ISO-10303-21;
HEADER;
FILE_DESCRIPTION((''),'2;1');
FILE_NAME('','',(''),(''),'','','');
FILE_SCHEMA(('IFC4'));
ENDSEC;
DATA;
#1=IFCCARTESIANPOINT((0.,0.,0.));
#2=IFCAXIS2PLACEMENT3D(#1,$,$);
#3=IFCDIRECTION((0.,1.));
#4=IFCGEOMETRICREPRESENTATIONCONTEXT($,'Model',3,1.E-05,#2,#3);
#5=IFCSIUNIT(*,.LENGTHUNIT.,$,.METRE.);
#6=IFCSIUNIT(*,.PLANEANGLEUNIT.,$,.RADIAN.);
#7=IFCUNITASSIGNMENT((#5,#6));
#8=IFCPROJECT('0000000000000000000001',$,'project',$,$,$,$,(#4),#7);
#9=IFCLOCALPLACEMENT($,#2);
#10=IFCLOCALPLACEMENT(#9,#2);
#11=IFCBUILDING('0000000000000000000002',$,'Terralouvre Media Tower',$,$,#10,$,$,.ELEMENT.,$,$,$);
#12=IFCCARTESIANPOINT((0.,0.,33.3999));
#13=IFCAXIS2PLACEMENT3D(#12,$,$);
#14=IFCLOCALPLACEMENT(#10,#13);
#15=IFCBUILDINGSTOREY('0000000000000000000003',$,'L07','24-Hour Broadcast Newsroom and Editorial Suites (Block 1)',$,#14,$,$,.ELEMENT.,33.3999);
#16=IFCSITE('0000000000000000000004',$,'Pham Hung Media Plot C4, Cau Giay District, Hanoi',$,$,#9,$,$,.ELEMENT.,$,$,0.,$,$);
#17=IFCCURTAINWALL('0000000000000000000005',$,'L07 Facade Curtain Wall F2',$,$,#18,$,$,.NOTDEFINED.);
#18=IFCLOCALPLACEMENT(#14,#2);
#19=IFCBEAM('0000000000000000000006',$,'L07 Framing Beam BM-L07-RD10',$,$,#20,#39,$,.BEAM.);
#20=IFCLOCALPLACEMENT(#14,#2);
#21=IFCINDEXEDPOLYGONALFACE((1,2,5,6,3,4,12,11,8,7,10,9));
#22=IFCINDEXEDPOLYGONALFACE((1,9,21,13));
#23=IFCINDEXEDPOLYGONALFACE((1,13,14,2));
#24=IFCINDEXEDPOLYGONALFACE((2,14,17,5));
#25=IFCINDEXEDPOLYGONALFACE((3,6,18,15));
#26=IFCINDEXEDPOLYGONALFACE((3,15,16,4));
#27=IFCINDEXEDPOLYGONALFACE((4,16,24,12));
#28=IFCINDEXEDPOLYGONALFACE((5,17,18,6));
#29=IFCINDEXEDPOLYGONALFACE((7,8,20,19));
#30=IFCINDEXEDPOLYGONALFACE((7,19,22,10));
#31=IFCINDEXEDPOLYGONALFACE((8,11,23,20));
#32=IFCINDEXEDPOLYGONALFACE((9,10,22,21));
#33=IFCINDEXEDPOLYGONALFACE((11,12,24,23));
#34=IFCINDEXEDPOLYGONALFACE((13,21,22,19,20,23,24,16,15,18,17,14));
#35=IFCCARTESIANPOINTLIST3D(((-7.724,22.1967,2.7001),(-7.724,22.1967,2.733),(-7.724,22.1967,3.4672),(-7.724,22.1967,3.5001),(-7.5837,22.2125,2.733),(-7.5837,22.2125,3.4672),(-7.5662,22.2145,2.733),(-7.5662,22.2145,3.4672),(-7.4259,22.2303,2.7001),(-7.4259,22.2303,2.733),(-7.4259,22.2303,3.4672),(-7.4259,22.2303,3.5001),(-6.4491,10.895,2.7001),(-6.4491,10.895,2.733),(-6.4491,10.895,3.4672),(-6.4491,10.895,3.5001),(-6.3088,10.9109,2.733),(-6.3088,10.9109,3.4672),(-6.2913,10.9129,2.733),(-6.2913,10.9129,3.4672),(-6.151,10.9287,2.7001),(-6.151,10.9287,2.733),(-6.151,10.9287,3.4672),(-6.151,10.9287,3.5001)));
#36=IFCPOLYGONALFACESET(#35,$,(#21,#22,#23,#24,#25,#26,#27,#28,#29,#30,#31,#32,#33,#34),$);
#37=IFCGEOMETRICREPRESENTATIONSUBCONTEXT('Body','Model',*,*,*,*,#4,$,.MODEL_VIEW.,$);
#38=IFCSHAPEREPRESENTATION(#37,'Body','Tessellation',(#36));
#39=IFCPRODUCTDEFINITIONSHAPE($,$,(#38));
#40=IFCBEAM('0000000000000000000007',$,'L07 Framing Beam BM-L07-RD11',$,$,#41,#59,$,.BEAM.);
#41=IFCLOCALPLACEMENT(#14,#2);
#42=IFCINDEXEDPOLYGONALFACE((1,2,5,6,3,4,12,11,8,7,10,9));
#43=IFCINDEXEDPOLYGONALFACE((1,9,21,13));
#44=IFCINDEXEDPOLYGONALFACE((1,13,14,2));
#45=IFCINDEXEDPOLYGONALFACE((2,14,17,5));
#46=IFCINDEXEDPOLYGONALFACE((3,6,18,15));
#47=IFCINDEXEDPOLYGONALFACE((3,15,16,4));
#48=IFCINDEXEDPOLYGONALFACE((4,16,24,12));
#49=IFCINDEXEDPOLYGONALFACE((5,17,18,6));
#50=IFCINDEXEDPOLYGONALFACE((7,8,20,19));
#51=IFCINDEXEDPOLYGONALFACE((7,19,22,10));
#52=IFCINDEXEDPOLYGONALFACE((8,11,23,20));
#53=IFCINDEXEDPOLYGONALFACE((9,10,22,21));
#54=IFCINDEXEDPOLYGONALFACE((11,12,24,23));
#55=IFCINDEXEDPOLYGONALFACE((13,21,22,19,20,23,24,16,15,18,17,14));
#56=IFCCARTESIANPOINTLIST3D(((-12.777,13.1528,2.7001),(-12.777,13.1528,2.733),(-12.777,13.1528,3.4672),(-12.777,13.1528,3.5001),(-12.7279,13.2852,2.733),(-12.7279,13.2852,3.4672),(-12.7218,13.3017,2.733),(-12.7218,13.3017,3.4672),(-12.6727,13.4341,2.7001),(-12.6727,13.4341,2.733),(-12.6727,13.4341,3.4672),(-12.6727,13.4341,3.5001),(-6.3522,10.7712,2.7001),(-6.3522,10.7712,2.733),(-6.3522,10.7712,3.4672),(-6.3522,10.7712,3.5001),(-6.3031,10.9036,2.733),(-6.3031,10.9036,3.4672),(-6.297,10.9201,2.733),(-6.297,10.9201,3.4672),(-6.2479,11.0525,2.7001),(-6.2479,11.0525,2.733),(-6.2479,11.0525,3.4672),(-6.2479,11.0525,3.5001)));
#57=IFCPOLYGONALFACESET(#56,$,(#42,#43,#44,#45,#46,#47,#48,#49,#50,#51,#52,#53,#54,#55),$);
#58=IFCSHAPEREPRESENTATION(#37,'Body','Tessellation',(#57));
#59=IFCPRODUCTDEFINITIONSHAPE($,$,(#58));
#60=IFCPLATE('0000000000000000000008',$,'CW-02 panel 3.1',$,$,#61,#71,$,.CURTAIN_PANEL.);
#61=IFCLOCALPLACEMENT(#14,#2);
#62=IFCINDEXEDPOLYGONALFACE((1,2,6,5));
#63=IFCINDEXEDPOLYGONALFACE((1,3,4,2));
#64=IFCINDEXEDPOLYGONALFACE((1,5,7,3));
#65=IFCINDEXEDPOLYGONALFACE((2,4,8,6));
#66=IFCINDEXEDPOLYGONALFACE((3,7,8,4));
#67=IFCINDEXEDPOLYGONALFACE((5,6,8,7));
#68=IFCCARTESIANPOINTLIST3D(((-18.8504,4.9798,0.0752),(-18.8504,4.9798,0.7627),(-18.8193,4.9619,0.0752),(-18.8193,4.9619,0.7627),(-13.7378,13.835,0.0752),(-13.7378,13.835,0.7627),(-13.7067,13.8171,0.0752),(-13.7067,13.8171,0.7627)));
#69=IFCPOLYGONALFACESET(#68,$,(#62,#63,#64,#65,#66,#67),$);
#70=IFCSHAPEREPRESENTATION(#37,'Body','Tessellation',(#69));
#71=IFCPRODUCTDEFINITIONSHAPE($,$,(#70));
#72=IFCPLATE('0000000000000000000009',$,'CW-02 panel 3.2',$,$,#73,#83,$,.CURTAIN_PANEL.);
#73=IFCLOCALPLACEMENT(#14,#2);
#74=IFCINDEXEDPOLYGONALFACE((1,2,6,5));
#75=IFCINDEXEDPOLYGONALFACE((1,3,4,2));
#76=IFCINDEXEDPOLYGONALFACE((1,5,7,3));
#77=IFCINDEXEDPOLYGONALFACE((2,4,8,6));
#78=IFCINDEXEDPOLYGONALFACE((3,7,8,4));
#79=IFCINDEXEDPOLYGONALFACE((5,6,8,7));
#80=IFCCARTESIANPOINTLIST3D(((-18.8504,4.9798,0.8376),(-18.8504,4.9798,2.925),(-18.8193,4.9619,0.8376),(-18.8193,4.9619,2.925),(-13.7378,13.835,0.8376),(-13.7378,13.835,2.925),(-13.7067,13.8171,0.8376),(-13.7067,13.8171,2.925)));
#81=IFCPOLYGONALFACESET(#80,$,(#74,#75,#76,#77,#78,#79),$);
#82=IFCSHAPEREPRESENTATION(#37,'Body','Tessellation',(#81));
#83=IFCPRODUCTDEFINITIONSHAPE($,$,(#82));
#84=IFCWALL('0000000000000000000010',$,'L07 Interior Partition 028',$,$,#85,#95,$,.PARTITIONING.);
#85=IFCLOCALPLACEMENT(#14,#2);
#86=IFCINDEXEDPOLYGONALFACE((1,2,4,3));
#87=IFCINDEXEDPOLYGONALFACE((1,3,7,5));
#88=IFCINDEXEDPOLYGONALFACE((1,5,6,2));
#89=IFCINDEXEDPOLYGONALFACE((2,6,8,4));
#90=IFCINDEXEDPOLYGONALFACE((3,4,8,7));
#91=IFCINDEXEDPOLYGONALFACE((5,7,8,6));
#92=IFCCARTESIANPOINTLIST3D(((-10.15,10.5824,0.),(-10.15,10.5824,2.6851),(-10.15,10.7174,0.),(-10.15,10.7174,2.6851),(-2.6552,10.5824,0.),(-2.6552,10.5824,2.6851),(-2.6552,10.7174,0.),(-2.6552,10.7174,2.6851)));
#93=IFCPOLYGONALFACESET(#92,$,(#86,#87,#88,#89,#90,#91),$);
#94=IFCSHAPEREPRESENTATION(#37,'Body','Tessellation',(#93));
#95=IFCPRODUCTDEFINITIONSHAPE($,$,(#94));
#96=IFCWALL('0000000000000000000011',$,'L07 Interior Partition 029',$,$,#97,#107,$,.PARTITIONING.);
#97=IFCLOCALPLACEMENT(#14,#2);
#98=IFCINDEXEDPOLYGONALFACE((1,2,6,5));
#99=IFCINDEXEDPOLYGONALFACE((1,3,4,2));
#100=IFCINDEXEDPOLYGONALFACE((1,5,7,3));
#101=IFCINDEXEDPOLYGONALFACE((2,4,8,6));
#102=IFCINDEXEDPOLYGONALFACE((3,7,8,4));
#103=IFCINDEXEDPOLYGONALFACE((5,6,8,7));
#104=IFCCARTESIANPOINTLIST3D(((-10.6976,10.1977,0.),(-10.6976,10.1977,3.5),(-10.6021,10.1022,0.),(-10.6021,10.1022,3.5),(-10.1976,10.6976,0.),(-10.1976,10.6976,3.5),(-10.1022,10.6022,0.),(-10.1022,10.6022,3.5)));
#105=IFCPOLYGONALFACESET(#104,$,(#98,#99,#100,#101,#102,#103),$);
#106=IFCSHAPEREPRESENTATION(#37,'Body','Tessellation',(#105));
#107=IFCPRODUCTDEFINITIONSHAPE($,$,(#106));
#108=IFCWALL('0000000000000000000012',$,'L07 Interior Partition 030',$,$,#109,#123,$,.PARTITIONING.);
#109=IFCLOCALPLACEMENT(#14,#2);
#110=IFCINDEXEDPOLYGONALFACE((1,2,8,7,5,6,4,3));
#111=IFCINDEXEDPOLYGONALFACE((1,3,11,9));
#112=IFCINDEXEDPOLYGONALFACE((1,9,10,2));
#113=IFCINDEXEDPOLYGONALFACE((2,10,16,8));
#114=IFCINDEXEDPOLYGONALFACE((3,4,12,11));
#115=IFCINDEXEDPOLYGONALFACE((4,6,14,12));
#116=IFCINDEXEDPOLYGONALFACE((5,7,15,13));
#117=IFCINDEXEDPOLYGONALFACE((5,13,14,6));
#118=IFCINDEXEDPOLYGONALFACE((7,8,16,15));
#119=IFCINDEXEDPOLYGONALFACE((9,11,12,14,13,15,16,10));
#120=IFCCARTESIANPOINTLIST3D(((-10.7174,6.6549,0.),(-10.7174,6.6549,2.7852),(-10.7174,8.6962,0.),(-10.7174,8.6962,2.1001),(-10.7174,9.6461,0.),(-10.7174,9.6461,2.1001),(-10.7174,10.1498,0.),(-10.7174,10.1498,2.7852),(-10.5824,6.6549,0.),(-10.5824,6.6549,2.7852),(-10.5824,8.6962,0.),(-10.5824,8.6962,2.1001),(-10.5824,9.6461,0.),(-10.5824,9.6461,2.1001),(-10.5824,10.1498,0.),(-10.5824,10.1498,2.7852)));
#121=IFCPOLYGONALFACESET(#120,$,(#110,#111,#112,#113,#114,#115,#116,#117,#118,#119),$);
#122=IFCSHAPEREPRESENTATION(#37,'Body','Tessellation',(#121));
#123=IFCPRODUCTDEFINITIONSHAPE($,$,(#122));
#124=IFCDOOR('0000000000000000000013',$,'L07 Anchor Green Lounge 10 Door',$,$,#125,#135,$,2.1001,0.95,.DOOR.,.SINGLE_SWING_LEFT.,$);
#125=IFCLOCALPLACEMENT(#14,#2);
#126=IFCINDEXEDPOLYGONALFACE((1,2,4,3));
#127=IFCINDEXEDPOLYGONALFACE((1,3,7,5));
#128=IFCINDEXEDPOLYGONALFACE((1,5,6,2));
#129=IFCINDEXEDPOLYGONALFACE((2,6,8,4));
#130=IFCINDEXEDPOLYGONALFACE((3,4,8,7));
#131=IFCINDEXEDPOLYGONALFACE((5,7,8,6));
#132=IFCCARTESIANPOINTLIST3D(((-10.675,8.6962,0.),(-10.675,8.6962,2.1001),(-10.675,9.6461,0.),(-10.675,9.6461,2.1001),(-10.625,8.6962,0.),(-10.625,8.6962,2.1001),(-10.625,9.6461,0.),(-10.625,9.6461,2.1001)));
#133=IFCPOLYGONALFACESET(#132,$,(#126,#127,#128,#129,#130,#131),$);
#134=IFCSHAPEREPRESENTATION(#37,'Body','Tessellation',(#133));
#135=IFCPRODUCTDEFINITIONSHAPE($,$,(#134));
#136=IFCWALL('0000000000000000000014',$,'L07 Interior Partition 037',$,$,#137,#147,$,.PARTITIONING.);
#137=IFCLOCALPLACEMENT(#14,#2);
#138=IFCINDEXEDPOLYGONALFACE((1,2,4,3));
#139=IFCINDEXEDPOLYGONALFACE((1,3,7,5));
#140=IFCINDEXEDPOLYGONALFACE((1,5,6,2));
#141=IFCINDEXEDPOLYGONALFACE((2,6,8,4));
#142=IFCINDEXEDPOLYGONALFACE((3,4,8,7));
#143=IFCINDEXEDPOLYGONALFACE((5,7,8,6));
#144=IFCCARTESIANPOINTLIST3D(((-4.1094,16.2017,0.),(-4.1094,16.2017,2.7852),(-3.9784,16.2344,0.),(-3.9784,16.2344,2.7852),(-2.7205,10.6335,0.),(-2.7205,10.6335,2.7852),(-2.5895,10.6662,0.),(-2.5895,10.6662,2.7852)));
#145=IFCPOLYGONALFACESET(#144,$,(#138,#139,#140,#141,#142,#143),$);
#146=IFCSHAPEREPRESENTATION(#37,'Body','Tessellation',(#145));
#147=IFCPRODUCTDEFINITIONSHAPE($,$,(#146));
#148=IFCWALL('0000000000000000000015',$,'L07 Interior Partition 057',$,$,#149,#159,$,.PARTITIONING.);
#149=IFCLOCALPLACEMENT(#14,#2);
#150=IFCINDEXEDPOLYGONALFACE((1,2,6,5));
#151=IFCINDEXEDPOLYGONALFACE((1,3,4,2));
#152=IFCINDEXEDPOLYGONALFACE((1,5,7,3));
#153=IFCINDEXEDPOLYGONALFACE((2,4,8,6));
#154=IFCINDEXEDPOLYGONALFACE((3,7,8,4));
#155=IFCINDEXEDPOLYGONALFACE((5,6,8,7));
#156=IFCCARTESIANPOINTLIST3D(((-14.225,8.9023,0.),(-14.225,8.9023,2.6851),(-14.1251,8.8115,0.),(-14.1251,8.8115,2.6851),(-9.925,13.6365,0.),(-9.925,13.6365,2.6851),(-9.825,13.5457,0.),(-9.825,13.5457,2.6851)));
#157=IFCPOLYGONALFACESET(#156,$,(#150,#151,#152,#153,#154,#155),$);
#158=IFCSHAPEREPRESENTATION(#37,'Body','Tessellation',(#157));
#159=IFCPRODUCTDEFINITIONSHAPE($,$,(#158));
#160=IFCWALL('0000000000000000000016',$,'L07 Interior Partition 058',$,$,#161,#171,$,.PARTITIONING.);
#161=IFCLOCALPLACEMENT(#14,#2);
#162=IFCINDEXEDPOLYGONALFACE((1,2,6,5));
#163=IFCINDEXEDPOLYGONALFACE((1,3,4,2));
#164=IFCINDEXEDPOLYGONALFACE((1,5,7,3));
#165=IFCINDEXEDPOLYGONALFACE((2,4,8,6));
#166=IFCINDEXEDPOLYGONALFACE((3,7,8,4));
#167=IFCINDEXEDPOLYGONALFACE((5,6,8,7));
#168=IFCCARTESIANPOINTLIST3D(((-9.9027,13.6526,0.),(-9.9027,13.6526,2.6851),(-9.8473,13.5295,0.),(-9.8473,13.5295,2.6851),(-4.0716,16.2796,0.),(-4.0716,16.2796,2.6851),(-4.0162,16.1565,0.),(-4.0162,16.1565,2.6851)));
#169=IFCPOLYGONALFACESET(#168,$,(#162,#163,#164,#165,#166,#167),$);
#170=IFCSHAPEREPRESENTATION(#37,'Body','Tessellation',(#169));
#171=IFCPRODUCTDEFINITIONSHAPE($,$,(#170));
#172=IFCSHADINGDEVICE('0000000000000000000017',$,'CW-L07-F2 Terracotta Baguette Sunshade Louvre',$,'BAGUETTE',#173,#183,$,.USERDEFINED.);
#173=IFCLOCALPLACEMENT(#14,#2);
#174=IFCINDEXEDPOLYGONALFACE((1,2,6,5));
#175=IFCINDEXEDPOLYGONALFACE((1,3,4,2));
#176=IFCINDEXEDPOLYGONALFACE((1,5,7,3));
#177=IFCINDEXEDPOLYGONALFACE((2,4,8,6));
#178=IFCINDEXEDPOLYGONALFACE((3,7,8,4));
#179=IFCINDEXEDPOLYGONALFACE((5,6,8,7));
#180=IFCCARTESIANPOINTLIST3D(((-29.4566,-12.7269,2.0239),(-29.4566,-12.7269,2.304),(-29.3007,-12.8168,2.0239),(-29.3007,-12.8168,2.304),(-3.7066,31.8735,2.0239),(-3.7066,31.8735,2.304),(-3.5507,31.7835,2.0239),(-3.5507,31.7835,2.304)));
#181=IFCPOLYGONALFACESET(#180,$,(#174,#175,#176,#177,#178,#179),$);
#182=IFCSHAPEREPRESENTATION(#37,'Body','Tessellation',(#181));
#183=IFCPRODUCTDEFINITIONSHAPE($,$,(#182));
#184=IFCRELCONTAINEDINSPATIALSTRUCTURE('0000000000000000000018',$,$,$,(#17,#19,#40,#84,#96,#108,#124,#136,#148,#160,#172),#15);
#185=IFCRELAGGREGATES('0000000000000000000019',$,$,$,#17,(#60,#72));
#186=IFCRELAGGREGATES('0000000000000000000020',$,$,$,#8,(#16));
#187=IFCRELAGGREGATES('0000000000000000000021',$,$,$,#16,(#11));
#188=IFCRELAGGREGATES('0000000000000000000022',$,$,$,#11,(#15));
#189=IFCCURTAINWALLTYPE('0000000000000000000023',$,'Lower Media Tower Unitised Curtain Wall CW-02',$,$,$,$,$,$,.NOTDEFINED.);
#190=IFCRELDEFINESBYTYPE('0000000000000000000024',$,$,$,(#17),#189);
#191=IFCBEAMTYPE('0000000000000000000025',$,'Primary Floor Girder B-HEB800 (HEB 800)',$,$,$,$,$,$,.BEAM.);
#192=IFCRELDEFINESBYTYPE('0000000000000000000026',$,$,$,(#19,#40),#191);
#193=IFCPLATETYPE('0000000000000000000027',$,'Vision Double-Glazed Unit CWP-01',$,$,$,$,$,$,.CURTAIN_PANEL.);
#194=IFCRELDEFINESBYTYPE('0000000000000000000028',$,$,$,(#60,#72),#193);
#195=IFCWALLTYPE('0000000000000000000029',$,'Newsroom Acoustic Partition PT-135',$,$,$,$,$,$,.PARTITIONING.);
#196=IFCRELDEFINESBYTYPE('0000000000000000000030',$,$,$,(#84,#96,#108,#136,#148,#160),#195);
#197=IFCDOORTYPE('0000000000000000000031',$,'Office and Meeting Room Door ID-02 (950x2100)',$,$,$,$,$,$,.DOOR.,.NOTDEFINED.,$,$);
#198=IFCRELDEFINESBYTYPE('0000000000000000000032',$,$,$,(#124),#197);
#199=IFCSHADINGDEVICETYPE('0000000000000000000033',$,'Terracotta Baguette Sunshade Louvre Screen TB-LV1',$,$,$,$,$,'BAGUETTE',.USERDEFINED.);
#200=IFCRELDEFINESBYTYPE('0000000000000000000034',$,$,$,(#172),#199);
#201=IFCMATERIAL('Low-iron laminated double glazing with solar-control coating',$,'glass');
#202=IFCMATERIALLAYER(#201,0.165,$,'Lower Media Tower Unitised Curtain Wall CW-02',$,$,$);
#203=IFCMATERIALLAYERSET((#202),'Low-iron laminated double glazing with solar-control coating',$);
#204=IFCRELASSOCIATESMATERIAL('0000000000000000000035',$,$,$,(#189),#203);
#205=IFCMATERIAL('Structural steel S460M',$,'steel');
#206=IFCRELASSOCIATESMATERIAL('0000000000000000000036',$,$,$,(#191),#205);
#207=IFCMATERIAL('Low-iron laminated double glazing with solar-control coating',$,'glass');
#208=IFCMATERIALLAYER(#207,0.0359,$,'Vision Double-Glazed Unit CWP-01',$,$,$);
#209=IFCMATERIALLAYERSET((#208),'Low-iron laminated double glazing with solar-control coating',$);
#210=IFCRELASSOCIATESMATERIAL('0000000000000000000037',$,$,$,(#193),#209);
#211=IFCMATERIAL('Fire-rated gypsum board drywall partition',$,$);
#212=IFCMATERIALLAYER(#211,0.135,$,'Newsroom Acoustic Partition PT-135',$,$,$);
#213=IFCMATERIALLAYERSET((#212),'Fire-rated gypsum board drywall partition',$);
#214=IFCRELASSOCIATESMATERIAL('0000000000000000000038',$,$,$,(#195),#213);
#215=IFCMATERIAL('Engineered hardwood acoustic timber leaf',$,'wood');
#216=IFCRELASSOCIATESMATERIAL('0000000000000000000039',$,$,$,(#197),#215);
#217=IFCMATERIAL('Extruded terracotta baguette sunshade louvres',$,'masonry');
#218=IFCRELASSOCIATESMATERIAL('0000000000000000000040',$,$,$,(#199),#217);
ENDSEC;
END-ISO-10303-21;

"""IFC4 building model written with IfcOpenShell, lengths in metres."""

from ifc_helpers import new_model, si_unit, direction, frame, frame_2d, origin, origin_2d, place, context, subcontext, project, spatial, rectangle, i_section, extrude, material, layer, layer_set, material_profile, profile_set, type_object, element, fill, aggregate, save


model = new_model("IFC4")

# Units and contexts
model_context = context("Model", 3, precision=1e-05, world=origin(), true_north=direction((0.0, 1.0)))
body_context = subcontext(model_context, "Body", "Model", "MODEL_VIEW")
ifc_project = project(units=[si_unit("LENGTHUNIT", "METRE"), si_unit("PLANEANGLEUNIT", "RADIAN")], contexts=[model_context])

# Site, building, storey
site_placement = place(None, origin())
site = spatial("IfcSite", under=ifc_project, at=site_placement, Name="Pham Hung Media Plot C4, Cau Giay District, Hanoi", CompositionType="ELEMENT", RefElevation=0.0)
building_placement = place(site_placement, origin())
building = spatial("IfcBuilding", under=site, at=building_placement, Name="Terralouvre Media Tower", CompositionType="ELEMENT")
storey_placement = place(building_placement, frame((0.0, 0.0, 33.3999)))
storey = spatial("IfcBuildingStorey", under=building, at=storey_placement, Name="L07", Description="24-Hour Broadcast Newsroom and Editorial Suites (Block 1)", CompositionType="ELEMENT", Elevation=33.3999)

# Curtain wall
ifc_material_1 = material(Name="Low-iron laminated double glazing with solar-control coating", Category="glass")
ifc_layer_1 = layer(ifc_material_1, 0.165, Name="Lower Media Tower Unitised Curtain Wall CW-02")
ifc_layer_set_1 = layer_set([ifc_layer_1], Name="Low-iron laminated double glazing with solar-control coating")
curtain_wall_type = type_object("IfcCurtainWallType", Name="Lower Media Tower Unitised Curtain Wall CW-02", PredefinedType="NOTDEFINED", material=ifc_layer_set_1)
curtain_wall_placement = place(storey_placement, origin())
curtain_wall = element("IfcCurtainWall", 1, at=curtain_wall_placement, inside=storey, type_object=curtain_wall_type, Name="L07 Facade Curtain Wall F2", PredefinedType="NOTDEFINED")

# Beams
ifc_material_2 = material(Name="Structural steel S460M", Category="steel")
ifc_material_profile_1 = material_profile(ifc_material_2, i_section(OverallWidth=0.3, OverallDepth=0.8, WebThickness=0.0176, FlangeThickness=0.033, at=origin_2d()), Name="HEB 800")
ifc_profile_set_1 = profile_set([ifc_material_profile_1], Name="Structural steel S460M")
beam_type_1 = type_object("IfcBeamType", Name="Primary Floor Girder B-HEB800 (HEB 800)", PredefinedType="BEAM", material=ifc_profile_set_1)
beam_1_placement = place(storey_placement, frame((-6.3, 10.9119, 3.1001), z_axis=(-0.112097, 0.993697, 0.0), x_axis=(-0.993697, -0.112097, 0.0)))
element("IfcBeam", 2, at=beam_1_placement, inside=storey, type_object=beam_type_1, Name="L07 Framing Beam BM-L07-RD10", PredefinedType="BEAM", context=body_context, shape_type="SweptSolid", body=[
    extrude(i_section(OverallWidth=0.3, OverallDepth=0.8, WebThickness=0.0176, FlangeThickness=0.033, at=origin_2d()), origin(), (0.0, 0.0, 1.0), 11.3733),
])
beam_2_placement = place(storey_placement, frame((-6.3, 10.9119, 3.1001), z_axis=(-0.937652, 0.347575, 0.0), x_axis=(-0.347575, -0.937652, 0.0)))
element("IfcBeam", 3, at=beam_2_placement, inside=storey, type_object=beam_type_1, Name="L07 Framing Beam BM-L07-RD11", PredefinedType="BEAM", context=body_context, shape_type="SweptSolid", body=[
    extrude(i_section(OverallWidth=0.3, OverallDepth=0.8, WebThickness=0.0176, FlangeThickness=0.033, at=origin_2d()), origin(), (0.0, 0.0, 1.0), 6.8521),
])

# Plates
ifc_material_3 = material(Name="Low-iron laminated double glazing with solar-control coating", Category="glass")
ifc_layer_2 = layer(ifc_material_3, 0.0359, Name="Vision Double-Glazed Unit CWP-01")
ifc_layer_set_2 = layer_set([ifc_layer_2], Name="Low-iron laminated double glazing with solar-control coating")
plate_type = type_object("IfcPlateType", Name="Vision Double-Glazed Unit CWP-01", PredefinedType="CURTAIN_PANEL", material=ifc_layer_set_2)
plate_1_placement = place(storey_placement, frame((-16.2786, 9.3984, 0.0752), z_axis=(0.0, 0.0, 1.0), x_axis=(-0.5, -0.866025, 0.0)))
plate_1 = element("IfcPlate", 4, at=plate_1_placement, type_object=plate_type, Name="CW-02 panel 3.1", PredefinedType="CURTAIN_PANEL", context=body_context, shape_type="SweptSolid", body=[
    extrude(rectangle(XDim=10.2251, YDim=0.0359, at=origin_2d()), origin(), (0.0, 0.0, 1.0), 0.6875),
])
plate_2_placement = place(storey_placement, frame((-16.2786, 9.3984, 0.8376), z_axis=(0.0, 0.0, 1.0), x_axis=(-0.5, -0.866025, 0.0)))
plate_2 = element("IfcPlate", 5, at=plate_2_placement, type_object=plate_type, Name="CW-02 panel 3.2", PredefinedType="CURTAIN_PANEL", context=body_context, shape_type="SweptSolid", body=[
    extrude(rectangle(XDim=10.2251, YDim=0.0359, at=origin_2d()), origin(), (0.0, 0.0, 1.0), 2.0874),
])
aggregate(curtain_wall, [plate_1, plate_2])

# Walls
ifc_material_4 = material(Name="Fire-rated gypsum board drywall partition")
ifc_layer_3 = layer(ifc_material_4, 0.135, Name="Newsroom Acoustic Partition PT-135")
ifc_layer_set_3 = layer_set([ifc_layer_3], Name="Fire-rated gypsum board drywall partition")
wall_type = type_object("IfcWallType", Name="Newsroom Acoustic Partition PT-135", PredefinedType="PARTITIONING", material=ifc_layer_set_3)
wall_1_placement = place(storey_placement, frame((-2.655, 10.6499, 0.0), z_axis=(0.0, 0.0, 1.0), x_axis=(-1.0, 0.0, 0.0)))
element("IfcWall", 6, at=wall_1_placement, inside=storey, type_object=wall_type, Name="L07 Interior Partition 028", PredefinedType="PARTITIONING", context=body_context, shape_type="SweptSolid", body=[
    extrude(rectangle(XDim=7.4949, YDim=0.135, at=frame_2d((3.7476, 0.0))), origin(), (0.0, 0.0, 1.0), 2.6851),
])
wall_2_placement = place(storey_placement, frame((-10.1499, 10.6499, 0.0), z_axis=(0.0, 0.0, 1.0), x_axis=(-0.707107, -0.707107, 0.0)))
element("IfcWall", 7, at=wall_2_placement, inside=storey, type_object=wall_type, Name="L07 Interior Partition 029", PredefinedType="PARTITIONING", context=body_context, shape_type="SweptSolid", body=[
    extrude(rectangle(XDim=0.707, YDim=0.135, at=frame_2d((0.3535, 0.0))), origin(), (0.0, 0.0, 1.0), 3.5),
])

# Wall, opening, door
wall_3_placement = place(storey_placement, frame((-10.6499, 10.1499, 0.0), z_axis=(0.0, 0.0, 1.0), x_axis=(0.0, -1.0, 0.0)))
wall_3 = element("IfcWall", 8, at=wall_3_placement, inside=storey, type_object=wall_type, Name="L07 Interior Partition 030", PredefinedType="PARTITIONING", context=body_context, shape_type="SweptSolid", body=[
    extrude(rectangle(XDim=3.4949, YDim=0.135, at=frame_2d((1.7476, 0.0))), origin(), (0.0, 0.0, 1.0), 2.7852),
])
opening_placement = place(wall_3_placement, frame((0.5037, 0.0, 0.0)))
opening = element("IfcOpeningElement", 9, at=opening_placement, cuts=wall_3, PredefinedType="OPENING", context=body_context, shape_type="SweptSolid", body=[
    extrude(rectangle(XDim=0.95, YDim=2.1001, at=frame_2d((0.4751, 1.05))), frame((0.0, 0.0774, 0.0), z_axis=(0.0, -1.0, 0.0), x_axis=(1.0, 0.0, 0.0)), (0.0, 0.0, 1.0), 0.155),
])
ifc_material_5 = material(Name="Engineered hardwood acoustic timber leaf", Category="wood")
door_type = type_object("IfcDoorType", Name="Office and Meeting Room Door ID-02 (950x2100)", OperationType="NOTDEFINED", PredefinedType="DOOR", material=ifc_material_5)
door_placement = place(opening_placement, origin())
door = element("IfcDoor", 10, at=door_placement, inside=storey, type_object=door_type, Name="L07 Anchor Green Lounge 10 Door", OperationType="SINGLE_SWING_LEFT", OverallHeight=2.1001, OverallWidth=0.95, PredefinedType="DOOR", context=body_context, shape_type="SweptSolid", body=[
    extrude(rectangle(XDim=0.95, YDim=2.1001, at=frame_2d((0.4751, 1.05))), frame((0.0, 0.0249, 0.0), z_axis=(0.0, -1.0, 0.0), x_axis=(1.0, 0.0, 0.0)), (0.0, 0.0, 1.0), 0.05),
])
fill(opening, door)

# Walls
wall_4_placement = place(storey_placement, frame((-4.0439, 16.218, 0.0), z_axis=(0.0, 0.0, 1.0), x_axis=(0.242025, -0.97027, 0.0)))
element("IfcWall", 11, at=wall_4_placement, inside=storey, type_object=wall_type, Name="L07 Interior Partition 037", PredefinedType="PARTITIONING", context=body_context, shape_type="SweptSolid", body=[
    extrude(rectangle(XDim=5.7388, YDim=0.135, at=frame_2d((2.8694, 0.0))), origin(), (0.0, 0.0, 1.0), 2.7852),
])
for number, where, z_axis, x_axis, name in (
    (12, (-14.175, 8.8569, 0.0), (0.0, 0.0, 1.0), (0.672355, 0.740228, 0.0), "L07 Interior Partition 057"),
    (13, (-9.875, 13.5911, 0.0), (0.0, 0.0, 1.0), (0.911747, 0.410752, 0.0), "L07 Interior Partition 058"),
):
    element("IfcWall", number, at=place(storey_placement, frame(where, z_axis=z_axis, x_axis=x_axis)), inside=storey, type_object=wall_type, Name=name, PredefinedType="PARTITIONING", context=body_context, shape_type="SweptSolid", body=[
        extrude(rectangle(XDim=6.3955, YDim=0.135, at=frame_2d((3.1978, 0.0))), origin(), (0.0, 0.0, 1.0), 2.6851),
    ])

# Shading device
ifc_material_6 = material(Name="Extruded terracotta baguette sunshade louvres", Category="masonry")
shading_device_type = type_object("IfcShadingDeviceType", Name="Terracotta Baguette Sunshade Louvre Screen TB-LV1", ElementType="BAGUETTE", PredefinedType="USERDEFINED", material=ifc_material_6)
shading_device_placement = place(storey_placement, frame((-16.5037, 9.5283, 2.0239), z_axis=(0.0, 0.0, 1.0), x_axis=(-0.5, -0.866025, 0.0)))
element("IfcShadingDevice", 14, at=shading_device_placement, inside=storey, type_object=shading_device_type, Name="CW-L07-F2 Terracotta Baguette Sunshade Louvre", ObjectType="BAGUETTE", PredefinedType="USERDEFINED", context=body_context, shape_type="SweptSolid", body=[
    extrude(rectangle(XDim=51.5, YDim=0.1799, at=origin_2d()), origin(), (0.0, 0.0, 1.0), 0.28),
])

save(model, "model.ifc")
